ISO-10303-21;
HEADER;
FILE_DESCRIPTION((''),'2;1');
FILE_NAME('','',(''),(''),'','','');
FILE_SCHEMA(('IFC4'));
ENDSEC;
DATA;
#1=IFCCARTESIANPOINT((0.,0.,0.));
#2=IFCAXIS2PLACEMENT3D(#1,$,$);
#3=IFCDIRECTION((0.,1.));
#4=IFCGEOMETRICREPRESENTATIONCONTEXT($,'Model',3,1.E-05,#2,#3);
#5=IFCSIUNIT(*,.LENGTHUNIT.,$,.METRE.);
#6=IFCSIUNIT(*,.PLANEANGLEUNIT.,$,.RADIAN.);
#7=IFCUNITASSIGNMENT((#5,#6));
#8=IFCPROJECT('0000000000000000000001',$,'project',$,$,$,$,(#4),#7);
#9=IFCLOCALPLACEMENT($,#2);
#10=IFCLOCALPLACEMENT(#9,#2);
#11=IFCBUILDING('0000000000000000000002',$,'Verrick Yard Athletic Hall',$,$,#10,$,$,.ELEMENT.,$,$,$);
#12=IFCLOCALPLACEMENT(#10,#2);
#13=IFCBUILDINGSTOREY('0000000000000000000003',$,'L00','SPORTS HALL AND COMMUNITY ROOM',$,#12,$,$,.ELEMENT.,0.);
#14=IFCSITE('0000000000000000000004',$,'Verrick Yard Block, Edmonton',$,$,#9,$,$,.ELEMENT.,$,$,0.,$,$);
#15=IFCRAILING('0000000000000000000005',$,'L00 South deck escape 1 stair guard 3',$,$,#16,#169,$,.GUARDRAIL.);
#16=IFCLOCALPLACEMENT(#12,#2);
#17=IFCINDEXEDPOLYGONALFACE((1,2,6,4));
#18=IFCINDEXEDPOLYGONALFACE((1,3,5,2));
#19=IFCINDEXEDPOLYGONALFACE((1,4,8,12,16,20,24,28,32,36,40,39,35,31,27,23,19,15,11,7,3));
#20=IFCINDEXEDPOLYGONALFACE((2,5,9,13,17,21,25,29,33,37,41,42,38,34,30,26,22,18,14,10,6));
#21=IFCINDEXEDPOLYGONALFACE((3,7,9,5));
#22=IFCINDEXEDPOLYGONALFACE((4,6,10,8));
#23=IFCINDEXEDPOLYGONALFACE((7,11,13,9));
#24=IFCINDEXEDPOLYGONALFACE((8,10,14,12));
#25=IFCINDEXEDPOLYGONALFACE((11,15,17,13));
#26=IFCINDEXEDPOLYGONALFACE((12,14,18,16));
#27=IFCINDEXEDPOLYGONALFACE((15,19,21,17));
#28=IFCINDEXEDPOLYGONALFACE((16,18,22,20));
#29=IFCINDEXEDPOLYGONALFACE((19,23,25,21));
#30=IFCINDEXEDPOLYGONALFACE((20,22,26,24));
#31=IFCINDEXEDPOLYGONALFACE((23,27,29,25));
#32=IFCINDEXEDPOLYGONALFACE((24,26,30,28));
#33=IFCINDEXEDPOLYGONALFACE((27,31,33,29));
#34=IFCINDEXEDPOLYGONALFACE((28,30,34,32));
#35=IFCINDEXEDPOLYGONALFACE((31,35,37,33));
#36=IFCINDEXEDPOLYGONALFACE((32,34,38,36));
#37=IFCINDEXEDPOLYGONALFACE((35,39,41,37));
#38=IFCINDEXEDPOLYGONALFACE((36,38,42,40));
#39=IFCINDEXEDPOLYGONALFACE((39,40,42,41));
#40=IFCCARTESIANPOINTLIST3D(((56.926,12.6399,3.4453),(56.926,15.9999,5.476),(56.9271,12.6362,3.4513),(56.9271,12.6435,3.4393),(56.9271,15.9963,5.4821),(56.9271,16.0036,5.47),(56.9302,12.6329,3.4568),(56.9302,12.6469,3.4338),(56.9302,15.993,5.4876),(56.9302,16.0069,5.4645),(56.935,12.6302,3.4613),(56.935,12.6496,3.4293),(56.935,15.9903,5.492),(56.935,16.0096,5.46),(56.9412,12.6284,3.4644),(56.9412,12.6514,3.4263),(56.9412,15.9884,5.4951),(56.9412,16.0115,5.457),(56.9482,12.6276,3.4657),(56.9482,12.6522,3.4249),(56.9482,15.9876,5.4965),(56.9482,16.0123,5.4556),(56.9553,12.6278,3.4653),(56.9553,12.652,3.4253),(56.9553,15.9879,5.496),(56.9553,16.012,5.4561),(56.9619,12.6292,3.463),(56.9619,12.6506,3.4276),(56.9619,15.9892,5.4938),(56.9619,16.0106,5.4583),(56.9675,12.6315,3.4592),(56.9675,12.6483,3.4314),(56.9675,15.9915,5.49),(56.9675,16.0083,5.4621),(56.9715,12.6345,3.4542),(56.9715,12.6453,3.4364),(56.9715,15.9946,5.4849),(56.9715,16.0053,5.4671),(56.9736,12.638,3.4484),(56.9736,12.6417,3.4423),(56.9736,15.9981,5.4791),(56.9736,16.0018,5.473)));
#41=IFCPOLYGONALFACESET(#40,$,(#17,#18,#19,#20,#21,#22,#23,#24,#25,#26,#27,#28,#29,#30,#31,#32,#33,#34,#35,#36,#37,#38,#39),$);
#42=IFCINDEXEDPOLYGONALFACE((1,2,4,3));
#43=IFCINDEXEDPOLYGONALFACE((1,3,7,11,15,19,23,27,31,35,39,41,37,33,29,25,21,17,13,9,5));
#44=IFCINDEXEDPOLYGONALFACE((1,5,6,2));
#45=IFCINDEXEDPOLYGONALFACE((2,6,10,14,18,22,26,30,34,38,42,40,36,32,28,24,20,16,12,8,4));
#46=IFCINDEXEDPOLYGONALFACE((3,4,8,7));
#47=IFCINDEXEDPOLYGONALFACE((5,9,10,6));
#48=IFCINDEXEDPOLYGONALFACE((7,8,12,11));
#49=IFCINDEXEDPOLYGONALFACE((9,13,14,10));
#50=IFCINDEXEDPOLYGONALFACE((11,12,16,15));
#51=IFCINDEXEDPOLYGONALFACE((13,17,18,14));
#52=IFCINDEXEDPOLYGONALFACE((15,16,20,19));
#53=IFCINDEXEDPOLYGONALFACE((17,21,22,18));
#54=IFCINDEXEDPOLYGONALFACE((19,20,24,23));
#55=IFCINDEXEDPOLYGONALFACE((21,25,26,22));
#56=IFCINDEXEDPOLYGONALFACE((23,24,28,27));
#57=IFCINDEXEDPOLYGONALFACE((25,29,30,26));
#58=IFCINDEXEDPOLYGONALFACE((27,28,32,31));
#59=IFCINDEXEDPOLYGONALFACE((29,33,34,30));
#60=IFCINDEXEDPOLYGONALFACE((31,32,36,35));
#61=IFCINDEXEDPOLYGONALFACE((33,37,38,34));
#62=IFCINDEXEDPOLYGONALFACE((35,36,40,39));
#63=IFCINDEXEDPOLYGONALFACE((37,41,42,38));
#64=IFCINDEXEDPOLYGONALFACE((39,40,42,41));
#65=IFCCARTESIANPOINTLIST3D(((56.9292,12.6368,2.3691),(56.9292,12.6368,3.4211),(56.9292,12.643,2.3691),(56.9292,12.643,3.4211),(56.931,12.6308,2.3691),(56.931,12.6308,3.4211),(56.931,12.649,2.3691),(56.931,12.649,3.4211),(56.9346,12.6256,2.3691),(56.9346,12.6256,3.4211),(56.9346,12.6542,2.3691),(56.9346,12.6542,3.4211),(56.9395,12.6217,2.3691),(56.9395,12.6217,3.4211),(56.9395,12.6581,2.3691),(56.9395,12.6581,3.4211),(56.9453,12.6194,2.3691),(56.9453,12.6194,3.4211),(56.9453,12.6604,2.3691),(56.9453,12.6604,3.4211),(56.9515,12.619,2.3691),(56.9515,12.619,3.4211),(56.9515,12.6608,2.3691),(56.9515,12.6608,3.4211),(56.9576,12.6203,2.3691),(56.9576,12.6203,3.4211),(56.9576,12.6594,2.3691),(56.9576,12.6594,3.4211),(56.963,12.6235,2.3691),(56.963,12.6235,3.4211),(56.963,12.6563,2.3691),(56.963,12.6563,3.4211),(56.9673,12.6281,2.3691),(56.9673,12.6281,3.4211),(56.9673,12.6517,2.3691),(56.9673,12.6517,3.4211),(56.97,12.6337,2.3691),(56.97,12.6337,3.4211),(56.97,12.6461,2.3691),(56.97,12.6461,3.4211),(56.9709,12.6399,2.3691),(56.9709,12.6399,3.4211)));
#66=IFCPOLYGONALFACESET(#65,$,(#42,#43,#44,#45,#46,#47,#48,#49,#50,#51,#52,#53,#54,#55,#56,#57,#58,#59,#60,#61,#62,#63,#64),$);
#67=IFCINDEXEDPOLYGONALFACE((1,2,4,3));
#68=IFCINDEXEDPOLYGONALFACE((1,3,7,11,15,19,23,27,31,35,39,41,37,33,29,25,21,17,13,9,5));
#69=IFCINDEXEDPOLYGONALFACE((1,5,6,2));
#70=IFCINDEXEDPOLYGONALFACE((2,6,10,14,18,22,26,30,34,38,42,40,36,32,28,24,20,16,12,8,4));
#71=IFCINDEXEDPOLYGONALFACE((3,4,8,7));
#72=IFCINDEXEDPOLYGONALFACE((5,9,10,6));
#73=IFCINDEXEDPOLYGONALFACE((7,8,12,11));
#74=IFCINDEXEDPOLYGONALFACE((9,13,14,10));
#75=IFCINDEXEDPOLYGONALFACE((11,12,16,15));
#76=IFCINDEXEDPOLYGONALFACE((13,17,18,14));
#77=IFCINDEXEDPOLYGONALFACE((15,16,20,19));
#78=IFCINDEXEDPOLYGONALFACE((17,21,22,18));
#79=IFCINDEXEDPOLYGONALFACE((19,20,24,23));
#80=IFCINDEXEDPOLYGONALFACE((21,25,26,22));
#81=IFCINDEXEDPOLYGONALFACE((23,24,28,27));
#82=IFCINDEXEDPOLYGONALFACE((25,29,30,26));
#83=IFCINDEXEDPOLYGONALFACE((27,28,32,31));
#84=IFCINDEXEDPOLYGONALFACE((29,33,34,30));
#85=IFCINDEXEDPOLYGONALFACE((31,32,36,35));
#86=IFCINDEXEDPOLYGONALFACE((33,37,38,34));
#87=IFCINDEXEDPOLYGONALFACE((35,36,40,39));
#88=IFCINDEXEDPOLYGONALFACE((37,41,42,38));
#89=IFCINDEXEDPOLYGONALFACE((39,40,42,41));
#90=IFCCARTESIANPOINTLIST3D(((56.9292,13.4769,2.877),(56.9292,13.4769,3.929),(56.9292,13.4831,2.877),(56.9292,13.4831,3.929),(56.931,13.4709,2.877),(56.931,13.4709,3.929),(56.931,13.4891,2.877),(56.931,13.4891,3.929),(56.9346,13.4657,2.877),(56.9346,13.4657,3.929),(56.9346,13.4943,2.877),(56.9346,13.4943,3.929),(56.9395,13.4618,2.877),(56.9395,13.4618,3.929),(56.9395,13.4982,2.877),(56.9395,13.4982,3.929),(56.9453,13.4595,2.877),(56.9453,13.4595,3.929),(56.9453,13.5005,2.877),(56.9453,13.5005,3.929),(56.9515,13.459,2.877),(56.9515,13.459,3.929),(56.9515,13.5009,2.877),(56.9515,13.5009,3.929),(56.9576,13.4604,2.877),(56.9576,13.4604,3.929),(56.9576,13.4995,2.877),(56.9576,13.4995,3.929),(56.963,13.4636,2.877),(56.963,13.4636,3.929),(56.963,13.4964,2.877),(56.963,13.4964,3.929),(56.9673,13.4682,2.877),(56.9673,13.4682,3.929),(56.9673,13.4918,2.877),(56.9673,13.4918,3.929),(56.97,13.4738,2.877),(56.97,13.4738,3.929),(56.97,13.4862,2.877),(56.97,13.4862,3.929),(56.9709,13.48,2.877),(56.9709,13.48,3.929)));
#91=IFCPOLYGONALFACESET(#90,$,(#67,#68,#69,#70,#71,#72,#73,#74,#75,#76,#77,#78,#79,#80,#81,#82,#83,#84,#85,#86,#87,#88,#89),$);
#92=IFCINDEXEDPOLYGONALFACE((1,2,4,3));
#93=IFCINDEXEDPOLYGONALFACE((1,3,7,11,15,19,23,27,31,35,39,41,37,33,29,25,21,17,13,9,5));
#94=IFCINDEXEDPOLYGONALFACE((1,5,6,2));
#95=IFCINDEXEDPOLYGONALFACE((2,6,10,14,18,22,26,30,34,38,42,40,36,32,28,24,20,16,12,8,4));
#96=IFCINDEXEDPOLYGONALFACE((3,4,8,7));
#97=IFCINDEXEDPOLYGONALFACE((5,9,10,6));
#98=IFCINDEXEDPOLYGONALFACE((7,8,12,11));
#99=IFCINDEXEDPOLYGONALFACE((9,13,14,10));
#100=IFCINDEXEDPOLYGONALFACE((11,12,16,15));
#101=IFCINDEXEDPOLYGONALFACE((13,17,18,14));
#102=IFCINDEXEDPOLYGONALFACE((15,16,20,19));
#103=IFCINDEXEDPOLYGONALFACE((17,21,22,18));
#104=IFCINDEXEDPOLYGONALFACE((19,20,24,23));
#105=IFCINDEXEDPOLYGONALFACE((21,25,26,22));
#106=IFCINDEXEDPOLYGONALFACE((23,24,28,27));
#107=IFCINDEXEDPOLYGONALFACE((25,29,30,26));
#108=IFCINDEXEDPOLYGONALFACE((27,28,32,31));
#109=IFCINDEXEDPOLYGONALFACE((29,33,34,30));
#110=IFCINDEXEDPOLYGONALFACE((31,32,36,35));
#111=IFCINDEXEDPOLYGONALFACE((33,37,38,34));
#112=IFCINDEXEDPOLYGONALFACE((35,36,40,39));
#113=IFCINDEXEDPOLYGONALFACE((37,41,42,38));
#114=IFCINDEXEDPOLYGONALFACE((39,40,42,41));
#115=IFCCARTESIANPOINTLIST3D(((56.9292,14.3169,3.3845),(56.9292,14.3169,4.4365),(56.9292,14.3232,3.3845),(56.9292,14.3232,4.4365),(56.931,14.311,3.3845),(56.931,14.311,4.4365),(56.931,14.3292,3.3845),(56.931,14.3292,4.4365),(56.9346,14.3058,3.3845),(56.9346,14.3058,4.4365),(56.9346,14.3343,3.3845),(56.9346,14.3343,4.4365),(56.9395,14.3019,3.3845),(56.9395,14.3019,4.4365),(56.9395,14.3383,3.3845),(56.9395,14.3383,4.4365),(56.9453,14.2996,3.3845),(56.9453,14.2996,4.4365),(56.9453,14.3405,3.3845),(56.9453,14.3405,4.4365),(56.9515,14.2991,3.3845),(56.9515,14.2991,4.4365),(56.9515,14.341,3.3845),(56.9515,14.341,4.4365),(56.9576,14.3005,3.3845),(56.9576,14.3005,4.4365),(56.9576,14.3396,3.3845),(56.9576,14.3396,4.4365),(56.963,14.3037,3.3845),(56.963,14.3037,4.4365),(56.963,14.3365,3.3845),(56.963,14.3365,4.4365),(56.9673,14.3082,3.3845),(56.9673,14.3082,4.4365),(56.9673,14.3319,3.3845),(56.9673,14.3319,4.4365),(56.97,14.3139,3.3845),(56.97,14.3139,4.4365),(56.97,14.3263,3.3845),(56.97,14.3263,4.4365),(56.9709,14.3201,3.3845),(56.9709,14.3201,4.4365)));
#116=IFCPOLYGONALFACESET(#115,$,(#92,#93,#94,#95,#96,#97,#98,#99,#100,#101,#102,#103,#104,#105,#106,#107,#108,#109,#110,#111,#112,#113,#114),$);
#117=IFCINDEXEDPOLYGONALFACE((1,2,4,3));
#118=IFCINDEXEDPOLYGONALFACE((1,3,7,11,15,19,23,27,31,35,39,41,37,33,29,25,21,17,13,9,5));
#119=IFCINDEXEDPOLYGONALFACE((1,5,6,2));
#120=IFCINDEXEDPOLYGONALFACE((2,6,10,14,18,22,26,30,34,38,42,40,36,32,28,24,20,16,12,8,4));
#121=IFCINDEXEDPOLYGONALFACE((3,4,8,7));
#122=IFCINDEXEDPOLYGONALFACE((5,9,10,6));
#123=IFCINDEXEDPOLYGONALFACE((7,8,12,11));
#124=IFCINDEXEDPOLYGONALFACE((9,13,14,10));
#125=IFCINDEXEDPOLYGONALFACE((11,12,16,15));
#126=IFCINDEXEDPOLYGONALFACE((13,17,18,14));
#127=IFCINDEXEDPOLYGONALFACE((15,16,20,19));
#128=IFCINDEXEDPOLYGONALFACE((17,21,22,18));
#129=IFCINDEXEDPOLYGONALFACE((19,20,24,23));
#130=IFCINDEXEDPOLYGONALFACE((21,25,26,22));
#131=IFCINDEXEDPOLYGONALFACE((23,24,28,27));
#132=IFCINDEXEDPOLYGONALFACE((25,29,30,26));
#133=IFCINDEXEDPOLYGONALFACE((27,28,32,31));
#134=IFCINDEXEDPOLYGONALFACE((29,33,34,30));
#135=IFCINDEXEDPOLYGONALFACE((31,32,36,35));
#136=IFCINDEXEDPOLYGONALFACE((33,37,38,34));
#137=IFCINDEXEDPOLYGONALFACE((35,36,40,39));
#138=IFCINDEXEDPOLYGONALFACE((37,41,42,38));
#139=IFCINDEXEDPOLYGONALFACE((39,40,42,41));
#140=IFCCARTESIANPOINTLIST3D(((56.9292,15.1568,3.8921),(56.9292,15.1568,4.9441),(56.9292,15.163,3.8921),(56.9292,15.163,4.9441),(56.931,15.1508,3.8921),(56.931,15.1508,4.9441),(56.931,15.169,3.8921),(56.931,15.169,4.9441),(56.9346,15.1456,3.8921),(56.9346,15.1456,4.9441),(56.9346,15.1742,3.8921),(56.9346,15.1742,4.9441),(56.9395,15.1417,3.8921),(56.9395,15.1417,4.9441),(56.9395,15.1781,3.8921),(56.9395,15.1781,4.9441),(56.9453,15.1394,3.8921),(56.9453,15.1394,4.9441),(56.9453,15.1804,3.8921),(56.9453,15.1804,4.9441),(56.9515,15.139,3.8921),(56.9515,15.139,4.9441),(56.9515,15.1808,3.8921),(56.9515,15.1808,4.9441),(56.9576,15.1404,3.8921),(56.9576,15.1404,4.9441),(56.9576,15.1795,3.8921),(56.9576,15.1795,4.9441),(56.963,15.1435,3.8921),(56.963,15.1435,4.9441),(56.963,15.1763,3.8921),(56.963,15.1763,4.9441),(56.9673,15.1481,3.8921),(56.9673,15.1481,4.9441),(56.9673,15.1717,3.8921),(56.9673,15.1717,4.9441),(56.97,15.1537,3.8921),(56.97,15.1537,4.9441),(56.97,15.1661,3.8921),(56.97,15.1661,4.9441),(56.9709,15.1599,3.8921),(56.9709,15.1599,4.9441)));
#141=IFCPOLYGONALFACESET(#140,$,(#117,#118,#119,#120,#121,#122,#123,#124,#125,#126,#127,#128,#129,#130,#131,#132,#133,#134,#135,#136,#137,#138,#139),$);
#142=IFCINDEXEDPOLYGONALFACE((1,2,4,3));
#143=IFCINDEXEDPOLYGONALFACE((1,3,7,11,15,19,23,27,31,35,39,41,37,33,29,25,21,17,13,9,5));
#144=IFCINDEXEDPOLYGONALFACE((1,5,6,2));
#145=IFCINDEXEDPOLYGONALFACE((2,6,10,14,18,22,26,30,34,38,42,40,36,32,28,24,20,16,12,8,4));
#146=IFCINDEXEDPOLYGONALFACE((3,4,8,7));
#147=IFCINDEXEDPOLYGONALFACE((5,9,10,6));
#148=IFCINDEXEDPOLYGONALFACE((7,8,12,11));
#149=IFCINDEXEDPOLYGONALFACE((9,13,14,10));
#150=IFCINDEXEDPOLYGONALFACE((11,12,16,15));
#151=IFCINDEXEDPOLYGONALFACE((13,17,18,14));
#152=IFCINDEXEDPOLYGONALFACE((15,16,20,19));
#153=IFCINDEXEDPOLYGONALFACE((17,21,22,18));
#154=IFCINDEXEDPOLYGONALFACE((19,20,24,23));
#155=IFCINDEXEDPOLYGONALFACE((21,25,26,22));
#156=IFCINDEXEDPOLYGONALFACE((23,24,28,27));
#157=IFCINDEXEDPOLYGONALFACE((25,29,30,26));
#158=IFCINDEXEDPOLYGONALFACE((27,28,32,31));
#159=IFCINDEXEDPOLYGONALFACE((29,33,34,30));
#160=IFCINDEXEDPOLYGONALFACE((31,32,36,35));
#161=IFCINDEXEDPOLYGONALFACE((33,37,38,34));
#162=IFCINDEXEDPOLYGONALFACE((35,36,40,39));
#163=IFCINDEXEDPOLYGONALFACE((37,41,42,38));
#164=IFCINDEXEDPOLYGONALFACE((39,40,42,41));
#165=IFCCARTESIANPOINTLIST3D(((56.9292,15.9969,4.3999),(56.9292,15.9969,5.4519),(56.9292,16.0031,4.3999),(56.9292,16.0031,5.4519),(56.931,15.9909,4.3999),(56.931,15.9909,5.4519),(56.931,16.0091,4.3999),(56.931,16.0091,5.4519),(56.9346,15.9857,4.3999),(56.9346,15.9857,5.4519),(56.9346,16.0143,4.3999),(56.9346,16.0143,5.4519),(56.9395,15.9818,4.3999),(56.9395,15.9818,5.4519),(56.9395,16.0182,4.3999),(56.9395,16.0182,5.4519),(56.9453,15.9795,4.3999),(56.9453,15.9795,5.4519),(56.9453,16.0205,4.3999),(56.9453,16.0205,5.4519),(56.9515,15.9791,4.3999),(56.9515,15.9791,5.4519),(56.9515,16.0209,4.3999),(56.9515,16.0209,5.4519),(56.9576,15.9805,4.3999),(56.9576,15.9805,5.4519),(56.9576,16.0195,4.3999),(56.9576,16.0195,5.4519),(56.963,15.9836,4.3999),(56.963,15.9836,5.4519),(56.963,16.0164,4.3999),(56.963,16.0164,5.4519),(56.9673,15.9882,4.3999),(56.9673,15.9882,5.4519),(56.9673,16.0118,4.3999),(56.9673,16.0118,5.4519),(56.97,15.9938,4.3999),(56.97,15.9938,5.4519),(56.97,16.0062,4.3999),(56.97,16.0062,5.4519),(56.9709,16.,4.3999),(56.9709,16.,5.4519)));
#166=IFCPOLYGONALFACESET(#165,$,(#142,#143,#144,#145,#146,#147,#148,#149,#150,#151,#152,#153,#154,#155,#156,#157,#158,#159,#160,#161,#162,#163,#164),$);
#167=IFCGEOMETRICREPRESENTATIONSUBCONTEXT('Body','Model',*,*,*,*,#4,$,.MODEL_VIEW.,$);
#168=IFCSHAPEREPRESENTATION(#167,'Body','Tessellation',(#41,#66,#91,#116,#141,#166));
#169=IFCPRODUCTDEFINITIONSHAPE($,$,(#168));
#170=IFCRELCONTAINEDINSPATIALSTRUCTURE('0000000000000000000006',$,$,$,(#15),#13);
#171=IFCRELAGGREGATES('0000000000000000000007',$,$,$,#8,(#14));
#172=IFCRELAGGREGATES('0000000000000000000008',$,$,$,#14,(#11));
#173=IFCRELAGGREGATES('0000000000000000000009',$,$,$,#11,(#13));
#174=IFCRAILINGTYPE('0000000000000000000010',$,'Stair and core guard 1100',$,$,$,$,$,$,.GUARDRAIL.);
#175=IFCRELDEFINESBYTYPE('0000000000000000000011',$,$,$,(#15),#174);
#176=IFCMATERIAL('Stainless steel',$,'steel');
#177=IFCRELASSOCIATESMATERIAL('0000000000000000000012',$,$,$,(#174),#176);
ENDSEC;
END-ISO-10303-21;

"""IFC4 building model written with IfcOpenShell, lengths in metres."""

from ifc_helpers import new_model, si_unit, direction, frame, origin, origin_2d, place, context, subcontext, project, spatial, circle, extrude, material, type_object, element, save


model = new_model("IFC4")

# Units and contexts
model_context = context("Model", 3, precision=1e-05, world=origin(), true_north=direction((0.0, 1.0)))
body_context = subcontext(model_context, "Body", "Model", "MODEL_VIEW")
ifc_project = project(units=[si_unit("LENGTHUNIT", "METRE"), si_unit("PLANEANGLEUNIT", "RADIAN")], contexts=[model_context])

# Site, building, storey
site_placement = place(None, origin())
site = spatial("IfcSite", under=ifc_project, at=site_placement, Name="Verrick Yard Block, Edmonton", CompositionType="ELEMENT", RefElevation=0.0)
building_placement = place(site_placement, origin())
building = spatial("IfcBuilding", under=site, at=building_placement, Name="Verrick Yard Athletic Hall", CompositionType="ELEMENT")
storey_placement = place(building_placement, origin())
storey = spatial("IfcBuildingStorey", under=building, at=storey_placement, Name="L00", Description="SPORTS HALL AND COMMUNITY ROOM", CompositionType="ELEMENT", Elevation=0.0)

# Railing
ifc_material_1 = material(Name="Stainless steel", Category="steel")
railing_type_1 = type_object("IfcRailingType", Name="Stair and core guard 1100", PredefinedType="GUARDRAIL", material=ifc_material_1)
railing_1_placement = place(storey_placement, frame((56.95, 12.6399, 2.3691)))
element("IfcRailing", 1, at=railing_1_placement, inside=storey, type_object=railing_type_1, Name="L00 South deck escape 1 stair guard 3", PredefinedType="GUARDRAIL", context=body_context, shape_type="SweptSolid", body=[
    extrude(circle(Radius=0.0239, at=origin_2d()), frame((0.0, 0.0, 1.0762), z_axis=(0.0, 0.855837, 0.517246), x_axis=(-1.0, 0.0, 0.0)), (0.0, 0.0, 1.0), 3.926),
    extrude(circle(Radius=0.021, at=origin_2d()), origin(), (0.0, 0.0, 1.0), 1.052),
    extrude(circle(Radius=0.021, at=origin_2d()), frame((0.0, 0.8401, 0.5078)), (0.0, 0.0, 1.0), 1.052),
    extrude(circle(Radius=0.021, at=origin_2d()), frame((0.0, 1.6802, 1.0154)), (0.0, 0.0, 1.0), 1.052),
    extrude(circle(Radius=0.021, at=origin_2d()), frame((0.0, 2.52, 1.5229)), (0.0, 0.0, 1.0), 1.052),
    extrude(circle(Radius=0.021, at=origin_2d()), frame((0.0, 3.3601, 2.0308)), (0.0, 0.0, 1.0), 1.052),
])

save(model, "model.ifc")
